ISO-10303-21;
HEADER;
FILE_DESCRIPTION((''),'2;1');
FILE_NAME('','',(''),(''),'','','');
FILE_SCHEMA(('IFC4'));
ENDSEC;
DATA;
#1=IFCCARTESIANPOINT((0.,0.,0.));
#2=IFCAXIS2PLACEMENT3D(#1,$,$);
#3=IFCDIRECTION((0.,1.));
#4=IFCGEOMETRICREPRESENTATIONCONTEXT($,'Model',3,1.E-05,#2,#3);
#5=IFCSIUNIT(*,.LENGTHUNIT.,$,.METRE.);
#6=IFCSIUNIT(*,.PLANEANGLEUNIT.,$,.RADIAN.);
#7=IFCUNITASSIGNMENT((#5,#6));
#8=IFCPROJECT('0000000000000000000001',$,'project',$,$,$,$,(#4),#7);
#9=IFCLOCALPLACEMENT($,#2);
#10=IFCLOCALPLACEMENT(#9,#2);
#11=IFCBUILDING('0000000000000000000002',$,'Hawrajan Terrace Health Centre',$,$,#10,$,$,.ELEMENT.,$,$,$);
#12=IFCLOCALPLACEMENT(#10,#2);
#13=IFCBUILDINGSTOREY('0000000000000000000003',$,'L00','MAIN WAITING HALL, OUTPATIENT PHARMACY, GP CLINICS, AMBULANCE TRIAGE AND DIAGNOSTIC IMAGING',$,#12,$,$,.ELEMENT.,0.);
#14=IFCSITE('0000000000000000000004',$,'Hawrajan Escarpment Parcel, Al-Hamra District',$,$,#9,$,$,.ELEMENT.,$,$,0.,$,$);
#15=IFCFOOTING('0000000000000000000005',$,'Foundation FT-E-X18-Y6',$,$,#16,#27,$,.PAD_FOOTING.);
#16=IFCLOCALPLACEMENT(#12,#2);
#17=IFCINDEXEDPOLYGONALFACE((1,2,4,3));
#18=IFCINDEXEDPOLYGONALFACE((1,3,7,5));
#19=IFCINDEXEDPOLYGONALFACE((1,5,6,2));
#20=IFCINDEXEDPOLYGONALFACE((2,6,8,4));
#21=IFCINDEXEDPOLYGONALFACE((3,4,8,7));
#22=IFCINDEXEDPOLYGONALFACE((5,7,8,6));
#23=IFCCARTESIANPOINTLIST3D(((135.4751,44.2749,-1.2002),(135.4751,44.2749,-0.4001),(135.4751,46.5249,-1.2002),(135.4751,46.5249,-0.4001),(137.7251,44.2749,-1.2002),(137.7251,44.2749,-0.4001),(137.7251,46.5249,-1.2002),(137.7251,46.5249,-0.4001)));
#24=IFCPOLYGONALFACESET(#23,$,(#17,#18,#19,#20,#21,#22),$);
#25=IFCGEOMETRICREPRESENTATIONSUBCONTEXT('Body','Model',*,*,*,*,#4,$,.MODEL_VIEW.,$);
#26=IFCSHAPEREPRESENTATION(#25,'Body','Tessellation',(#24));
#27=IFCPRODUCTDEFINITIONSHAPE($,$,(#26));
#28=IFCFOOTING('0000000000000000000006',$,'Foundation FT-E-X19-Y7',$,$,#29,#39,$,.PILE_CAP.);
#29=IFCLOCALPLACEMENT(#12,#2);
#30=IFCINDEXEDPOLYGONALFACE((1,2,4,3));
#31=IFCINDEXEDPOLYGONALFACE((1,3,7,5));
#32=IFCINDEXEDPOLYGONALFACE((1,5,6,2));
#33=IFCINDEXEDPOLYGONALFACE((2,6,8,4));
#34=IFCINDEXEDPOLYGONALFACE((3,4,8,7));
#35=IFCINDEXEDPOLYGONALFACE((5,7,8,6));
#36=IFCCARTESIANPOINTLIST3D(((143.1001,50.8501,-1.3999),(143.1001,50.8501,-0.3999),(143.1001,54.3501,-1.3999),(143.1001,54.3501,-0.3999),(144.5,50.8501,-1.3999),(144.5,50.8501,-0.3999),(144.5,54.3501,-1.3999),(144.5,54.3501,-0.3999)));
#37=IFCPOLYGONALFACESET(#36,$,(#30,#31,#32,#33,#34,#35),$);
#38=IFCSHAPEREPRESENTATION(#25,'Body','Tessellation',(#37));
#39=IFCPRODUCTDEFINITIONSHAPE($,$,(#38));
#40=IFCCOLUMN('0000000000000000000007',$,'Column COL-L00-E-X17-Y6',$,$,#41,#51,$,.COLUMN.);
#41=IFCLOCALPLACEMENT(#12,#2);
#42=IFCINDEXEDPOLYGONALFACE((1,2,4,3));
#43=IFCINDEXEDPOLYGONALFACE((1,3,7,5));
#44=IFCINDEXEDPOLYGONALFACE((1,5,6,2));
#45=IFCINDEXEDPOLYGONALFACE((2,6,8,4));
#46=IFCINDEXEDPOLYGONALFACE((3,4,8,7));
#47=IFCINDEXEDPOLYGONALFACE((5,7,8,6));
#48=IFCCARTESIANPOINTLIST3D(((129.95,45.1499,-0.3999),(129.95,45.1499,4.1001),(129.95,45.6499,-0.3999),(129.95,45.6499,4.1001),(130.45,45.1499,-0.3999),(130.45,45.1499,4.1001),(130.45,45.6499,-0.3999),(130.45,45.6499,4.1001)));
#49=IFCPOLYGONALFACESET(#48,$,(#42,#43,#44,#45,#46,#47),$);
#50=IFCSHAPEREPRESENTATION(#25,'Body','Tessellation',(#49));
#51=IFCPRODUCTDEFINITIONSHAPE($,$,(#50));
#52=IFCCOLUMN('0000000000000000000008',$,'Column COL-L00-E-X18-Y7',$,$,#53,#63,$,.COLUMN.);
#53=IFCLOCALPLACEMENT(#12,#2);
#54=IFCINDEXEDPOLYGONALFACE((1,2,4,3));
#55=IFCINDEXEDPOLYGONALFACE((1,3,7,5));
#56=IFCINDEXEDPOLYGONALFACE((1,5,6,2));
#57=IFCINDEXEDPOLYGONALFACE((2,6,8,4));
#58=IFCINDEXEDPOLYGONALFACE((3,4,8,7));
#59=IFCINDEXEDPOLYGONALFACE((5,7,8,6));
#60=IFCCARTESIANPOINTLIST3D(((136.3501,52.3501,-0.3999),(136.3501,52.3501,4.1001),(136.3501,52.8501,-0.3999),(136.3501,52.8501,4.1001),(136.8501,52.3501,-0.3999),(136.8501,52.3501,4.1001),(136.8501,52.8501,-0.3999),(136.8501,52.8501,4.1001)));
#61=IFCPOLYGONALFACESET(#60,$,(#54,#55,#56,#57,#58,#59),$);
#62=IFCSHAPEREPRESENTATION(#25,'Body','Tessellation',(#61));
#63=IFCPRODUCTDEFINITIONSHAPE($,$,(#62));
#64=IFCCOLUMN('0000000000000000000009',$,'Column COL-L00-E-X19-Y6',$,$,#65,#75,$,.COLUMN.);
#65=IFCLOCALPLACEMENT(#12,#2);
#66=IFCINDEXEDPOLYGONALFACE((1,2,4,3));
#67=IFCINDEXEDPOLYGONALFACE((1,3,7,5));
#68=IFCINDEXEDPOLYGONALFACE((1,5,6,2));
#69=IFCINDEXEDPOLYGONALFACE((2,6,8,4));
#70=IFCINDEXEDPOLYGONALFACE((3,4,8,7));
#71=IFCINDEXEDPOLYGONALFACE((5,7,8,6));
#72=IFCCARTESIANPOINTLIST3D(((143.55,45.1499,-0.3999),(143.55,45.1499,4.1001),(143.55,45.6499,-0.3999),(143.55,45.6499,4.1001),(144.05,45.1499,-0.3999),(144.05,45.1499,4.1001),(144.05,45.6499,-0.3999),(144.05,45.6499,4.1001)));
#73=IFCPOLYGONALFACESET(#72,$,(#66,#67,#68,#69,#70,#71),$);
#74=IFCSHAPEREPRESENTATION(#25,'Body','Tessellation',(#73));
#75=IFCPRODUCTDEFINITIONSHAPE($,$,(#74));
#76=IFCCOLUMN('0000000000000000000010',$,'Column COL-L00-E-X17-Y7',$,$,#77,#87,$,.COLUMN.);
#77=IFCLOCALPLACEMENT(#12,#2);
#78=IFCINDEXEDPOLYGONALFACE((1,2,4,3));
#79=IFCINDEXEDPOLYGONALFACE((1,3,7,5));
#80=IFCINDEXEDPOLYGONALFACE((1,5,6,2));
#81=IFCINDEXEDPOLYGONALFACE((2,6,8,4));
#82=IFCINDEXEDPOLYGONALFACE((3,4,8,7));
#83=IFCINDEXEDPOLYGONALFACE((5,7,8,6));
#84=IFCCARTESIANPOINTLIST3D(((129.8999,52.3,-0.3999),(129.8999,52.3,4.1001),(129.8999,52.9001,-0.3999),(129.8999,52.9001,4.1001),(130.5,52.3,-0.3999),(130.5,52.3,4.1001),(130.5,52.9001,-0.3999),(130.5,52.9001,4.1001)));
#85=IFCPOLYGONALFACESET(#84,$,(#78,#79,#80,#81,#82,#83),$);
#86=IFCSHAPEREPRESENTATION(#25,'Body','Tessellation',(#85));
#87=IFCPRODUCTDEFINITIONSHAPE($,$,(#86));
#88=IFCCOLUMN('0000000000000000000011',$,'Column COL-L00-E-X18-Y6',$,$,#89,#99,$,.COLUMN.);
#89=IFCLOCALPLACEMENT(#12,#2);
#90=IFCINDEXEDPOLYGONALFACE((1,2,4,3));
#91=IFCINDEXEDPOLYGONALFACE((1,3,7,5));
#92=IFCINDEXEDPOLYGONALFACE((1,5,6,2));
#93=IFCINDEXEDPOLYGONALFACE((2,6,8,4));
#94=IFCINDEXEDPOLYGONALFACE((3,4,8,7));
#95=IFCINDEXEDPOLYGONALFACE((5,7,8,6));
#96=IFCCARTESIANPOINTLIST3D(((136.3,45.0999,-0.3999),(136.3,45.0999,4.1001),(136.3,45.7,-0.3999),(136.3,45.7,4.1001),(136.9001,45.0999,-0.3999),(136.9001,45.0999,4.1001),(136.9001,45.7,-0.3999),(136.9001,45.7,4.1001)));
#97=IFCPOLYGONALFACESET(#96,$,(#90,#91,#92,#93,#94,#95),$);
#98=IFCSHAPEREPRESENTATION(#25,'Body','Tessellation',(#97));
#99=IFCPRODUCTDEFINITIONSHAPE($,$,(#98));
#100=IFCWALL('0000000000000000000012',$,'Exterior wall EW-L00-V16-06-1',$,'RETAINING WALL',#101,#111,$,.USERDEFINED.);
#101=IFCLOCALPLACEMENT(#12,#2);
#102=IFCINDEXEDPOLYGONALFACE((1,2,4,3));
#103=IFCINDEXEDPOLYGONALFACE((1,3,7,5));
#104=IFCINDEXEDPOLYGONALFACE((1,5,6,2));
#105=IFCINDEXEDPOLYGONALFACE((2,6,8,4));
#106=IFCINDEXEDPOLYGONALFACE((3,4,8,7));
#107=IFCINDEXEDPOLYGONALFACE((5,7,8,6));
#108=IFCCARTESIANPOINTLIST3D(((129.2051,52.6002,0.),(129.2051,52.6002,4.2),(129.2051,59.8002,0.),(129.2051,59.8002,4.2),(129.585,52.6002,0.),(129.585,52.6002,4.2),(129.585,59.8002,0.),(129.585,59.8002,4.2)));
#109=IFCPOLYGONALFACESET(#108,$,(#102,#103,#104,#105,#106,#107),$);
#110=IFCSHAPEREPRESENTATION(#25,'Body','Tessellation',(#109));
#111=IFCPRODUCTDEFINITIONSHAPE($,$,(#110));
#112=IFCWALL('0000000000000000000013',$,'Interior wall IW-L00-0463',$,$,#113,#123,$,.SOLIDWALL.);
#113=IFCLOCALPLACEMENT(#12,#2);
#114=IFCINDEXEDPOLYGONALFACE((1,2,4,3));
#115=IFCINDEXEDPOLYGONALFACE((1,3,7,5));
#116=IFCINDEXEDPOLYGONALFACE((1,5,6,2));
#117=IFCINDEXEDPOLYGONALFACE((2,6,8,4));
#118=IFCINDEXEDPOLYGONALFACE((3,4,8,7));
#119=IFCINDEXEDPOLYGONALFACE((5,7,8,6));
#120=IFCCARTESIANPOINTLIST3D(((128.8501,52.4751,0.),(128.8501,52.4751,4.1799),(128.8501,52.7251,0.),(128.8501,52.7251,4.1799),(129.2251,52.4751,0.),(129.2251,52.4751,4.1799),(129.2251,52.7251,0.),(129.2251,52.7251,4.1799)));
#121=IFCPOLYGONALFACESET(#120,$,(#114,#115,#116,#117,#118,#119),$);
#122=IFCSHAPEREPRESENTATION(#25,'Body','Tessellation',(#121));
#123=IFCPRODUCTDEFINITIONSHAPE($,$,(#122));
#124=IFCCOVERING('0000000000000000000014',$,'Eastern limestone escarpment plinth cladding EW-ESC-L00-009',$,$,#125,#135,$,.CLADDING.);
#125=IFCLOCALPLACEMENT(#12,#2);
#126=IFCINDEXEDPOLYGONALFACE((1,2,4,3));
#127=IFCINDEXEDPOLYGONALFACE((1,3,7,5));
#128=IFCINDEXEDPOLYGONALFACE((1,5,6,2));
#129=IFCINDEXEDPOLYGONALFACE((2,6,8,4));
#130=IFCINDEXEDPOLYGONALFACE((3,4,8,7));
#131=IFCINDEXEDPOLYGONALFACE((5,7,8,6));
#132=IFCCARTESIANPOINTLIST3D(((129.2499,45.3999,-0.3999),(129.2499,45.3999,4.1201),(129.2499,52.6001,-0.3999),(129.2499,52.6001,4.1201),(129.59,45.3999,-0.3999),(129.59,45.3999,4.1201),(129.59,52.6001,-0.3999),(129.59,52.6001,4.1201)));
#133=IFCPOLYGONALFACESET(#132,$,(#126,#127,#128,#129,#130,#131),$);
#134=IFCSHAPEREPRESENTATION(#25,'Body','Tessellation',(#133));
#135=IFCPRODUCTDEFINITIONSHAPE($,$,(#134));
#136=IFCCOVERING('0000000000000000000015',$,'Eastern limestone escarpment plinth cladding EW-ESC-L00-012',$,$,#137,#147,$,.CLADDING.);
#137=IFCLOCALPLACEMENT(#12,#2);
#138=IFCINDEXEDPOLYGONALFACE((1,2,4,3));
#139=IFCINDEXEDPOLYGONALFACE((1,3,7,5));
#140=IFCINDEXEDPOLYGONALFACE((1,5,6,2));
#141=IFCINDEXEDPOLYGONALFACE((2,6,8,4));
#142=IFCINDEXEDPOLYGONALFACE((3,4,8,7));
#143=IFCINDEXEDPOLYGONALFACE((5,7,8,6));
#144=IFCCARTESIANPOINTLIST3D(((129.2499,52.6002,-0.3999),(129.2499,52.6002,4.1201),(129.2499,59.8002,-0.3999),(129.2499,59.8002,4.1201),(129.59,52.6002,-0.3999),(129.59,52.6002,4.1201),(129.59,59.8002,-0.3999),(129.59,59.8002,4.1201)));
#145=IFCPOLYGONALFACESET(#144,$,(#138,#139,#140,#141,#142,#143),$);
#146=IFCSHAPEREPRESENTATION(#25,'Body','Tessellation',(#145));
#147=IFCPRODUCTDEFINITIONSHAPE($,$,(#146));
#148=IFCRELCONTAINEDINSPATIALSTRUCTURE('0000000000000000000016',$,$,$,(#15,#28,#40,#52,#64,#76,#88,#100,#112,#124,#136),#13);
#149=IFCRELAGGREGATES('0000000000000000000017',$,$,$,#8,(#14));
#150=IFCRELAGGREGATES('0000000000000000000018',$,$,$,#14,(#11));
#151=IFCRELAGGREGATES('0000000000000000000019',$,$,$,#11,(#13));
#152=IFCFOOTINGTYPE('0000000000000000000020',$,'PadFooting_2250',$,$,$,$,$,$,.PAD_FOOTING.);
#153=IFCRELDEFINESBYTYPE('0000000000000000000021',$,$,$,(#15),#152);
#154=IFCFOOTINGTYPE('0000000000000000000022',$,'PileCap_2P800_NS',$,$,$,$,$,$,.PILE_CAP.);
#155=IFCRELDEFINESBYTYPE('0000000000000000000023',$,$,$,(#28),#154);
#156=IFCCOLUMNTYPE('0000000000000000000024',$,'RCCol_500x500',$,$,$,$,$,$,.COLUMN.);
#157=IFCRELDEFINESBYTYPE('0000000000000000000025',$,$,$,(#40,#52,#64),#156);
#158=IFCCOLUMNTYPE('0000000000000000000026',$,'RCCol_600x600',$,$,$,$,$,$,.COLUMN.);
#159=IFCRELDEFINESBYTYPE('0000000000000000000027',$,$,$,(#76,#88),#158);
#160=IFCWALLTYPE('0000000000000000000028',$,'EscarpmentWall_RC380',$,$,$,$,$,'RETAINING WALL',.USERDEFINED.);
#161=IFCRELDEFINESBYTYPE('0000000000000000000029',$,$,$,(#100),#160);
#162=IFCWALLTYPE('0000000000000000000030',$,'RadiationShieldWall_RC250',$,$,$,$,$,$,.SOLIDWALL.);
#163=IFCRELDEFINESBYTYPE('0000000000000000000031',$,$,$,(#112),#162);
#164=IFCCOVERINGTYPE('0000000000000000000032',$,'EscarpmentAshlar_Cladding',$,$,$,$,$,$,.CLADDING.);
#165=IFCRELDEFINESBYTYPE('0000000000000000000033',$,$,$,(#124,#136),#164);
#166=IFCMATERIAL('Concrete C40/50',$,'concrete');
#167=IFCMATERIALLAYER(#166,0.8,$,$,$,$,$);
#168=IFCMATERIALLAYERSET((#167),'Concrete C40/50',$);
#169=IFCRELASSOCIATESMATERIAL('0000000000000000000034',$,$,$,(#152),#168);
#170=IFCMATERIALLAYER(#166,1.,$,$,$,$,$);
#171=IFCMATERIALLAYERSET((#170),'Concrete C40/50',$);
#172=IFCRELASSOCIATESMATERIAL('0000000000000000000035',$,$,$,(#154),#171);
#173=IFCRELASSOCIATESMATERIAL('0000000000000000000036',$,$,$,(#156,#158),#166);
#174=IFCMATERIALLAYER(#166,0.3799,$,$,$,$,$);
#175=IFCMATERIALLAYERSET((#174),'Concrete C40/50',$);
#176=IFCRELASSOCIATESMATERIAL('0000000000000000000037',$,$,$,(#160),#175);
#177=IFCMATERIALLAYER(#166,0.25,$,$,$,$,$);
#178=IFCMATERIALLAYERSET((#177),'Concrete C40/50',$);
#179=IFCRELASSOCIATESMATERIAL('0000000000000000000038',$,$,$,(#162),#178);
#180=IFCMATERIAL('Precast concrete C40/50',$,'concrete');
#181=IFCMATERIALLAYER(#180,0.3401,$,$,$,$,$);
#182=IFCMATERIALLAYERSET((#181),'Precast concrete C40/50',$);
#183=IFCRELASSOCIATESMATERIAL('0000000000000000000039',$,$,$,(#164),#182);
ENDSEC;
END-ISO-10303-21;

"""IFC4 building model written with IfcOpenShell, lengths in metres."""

from ifc_helpers import new_model, si_unit, direction, frame, frame_2d, origin, origin_2d, place, context, subcontext, project, spatial, rectangle, extrude, material, layer, layer_set, material_profile, profile_set, type_object, element, save


model = new_model("IFC4")

# Units and contexts
model_context = context("Model", 3, precision=1e-05, world=origin(), true_north=direction((0.0, 1.0)))
body_context = subcontext(model_context, "Body", "Model", "MODEL_VIEW")
ifc_project = project(units=[si_unit("LENGTHUNIT", "METRE"), si_unit("PLANEANGLEUNIT", "RADIAN")], contexts=[model_context])

# Site, building, storey
site_placement = place(None, origin())
site = spatial("IfcSite", under=ifc_project, at=site_placement, Name="Hawrajan Escarpment Parcel, Al-Hamra District", CompositionType="ELEMENT", RefElevation=0.0)
building_placement = place(site_placement, origin())
building = spatial("IfcBuilding", under=site, at=building_placement, Name="Hawrajan Terrace Health Centre", CompositionType="ELEMENT")
storey_placement = place(building_placement, origin())
storey = spatial("IfcBuildingStorey", under=building, at=storey_placement, Name="L00", Description="MAIN WAITING HALL, OUTPATIENT PHARMACY, GP CLINICS, AMBULANCE TRIAGE AND DIAGNOSTIC IMAGING", CompositionType="ELEMENT", Elevation=0.0)

# Shared definitions
ifc_material_1 = material(Name="Concrete C40/50", Category="concrete")

# Footings
ifc_layer_1 = layer(ifc_material_1, 0.8)
ifc_layer_set_1 = layer_set([ifc_layer_1], Name="Concrete C40/50")
footing_type_1 = type_object("IfcFootingType", Name="PadFooting_2250", PredefinedType="PAD_FOOTING", material=ifc_layer_set_1)
footing_1_placement = place(storey_placement, frame((136.6001, 45.3999, -1.2002), z_axis=(0.0, 0.0, 1.0), x_axis=(1.0, 0.0, 0.0)))
element("IfcFooting", 1, at=footing_1_placement, inside=storey, type_object=footing_type_1, Name="Foundation FT-E-X18-Y6", PredefinedType="PAD_FOOTING", context=body_context, shape_type="SweptSolid", body=[
    extrude(rectangle(XDim=2.25, YDim=2.25, at=origin_2d()), origin(), (0.0, 0.0, 1.0), 0.8),
])
ifc_layer_2 = layer(ifc_material_1, 1.0)
ifc_layer_set_2 = layer_set([ifc_layer_2], Name="Concrete C40/50")
footing_type_2 = type_object("IfcFootingType", Name="PileCap_2P800_NS", PredefinedType="PILE_CAP", material=ifc_layer_set_2)
footing_2_placement = place(storey_placement, frame((143.8, 52.6001, -1.3999), z_axis=(0.0, 0.0, 1.0), x_axis=(1.0, 0.0, 0.0)))
element("IfcFooting", 2, at=footing_2_placement, inside=storey, type_object=footing_type_2, Name="Foundation FT-E-X19-Y7", PredefinedType="PILE_CAP", context=body_context, shape_type="SweptSolid", body=[
    extrude(rectangle(XDim=1.3999, YDim=3.5, at=origin_2d()), origin(), (0.0, 0.0, 1.0), 1.0),
])

# Columns
ifc_material_profile_1 = material_profile(ifc_material_1, rectangle(XDim=0.5, YDim=0.5, at=origin_2d()), Name="RC 500x500")
ifc_profile_set_1 = profile_set([ifc_material_profile_1], Name="Concrete C40/50")
column_type_1 = type_object("IfcColumnType", Name="RCCol_500x500", PredefinedType="COLUMN", material=ifc_profile_set_1)
for number, where, z_axis, x_axis, name in (
    (3, (130.2, 45.3999, -0.3999), (0.0, 0.0, 1.0), (1.0, 0.0, 0.0), "Column COL-L00-E-X17-Y6"),
    (4, (136.6001, 52.6001, -0.3999), (0.0, 0.0, 1.0), (1.0, 0.0, 0.0), "Column COL-L00-E-X18-Y7"),
    (5, (143.8, 45.3999, -0.3999), (0.0, 0.0, 1.0), (1.0, 0.0, 0.0), "Column COL-L00-E-X19-Y6"),
):
    element("IfcColumn", number, at=place(storey_placement, frame(where, z_axis=z_axis, x_axis=x_axis)), inside=storey, type_object=column_type_1, Name=name, PredefinedType="COLUMN", context=body_context, shape_type="SweptSolid", body=[
        extrude(rectangle(XDim=0.5, YDim=0.5, at=origin_2d()), origin(), (0.0, 0.0, 1.0), 4.5),
    ])
ifc_material_profile_2 = material_profile(ifc_material_1, rectangle(XDim=0.6001, YDim=0.6001, at=origin_2d()), Name="RC 600x600")
ifc_profile_set_2 = profile_set([ifc_material_profile_2], Name="Concrete C40/50")
column_type_2 = type_object("IfcColumnType", Name="RCCol_600x600", PredefinedType="COLUMN", material=ifc_profile_set_2)
for number, where, z_axis, x_axis, name in (
    (6, (130.2, 52.6001, -0.3999), (0.0, 0.0, 1.0), (1.0, 0.0, 0.0), "Column COL-L00-E-X17-Y7"),
    (7, (136.6001, 45.3999, -0.3999), (0.0, 0.0, 1.0), (1.0, 0.0, 0.0), "Column COL-L00-E-X18-Y6"),
):
    element("IfcColumn", number, at=place(storey_placement, frame(where, z_axis=z_axis, x_axis=x_axis)), inside=storey, type_object=column_type_2, Name=name, PredefinedType="COLUMN", context=body_context, shape_type="SweptSolid", body=[
        extrude(rectangle(XDim=0.6001, YDim=0.6001, at=origin_2d()), origin(), (0.0, 0.0, 1.0), 4.5),
    ])

# Walls
ifc_layer_3 = layer(ifc_material_1, 0.3799)
ifc_layer_set_3 = layer_set([ifc_layer_3], Name="Concrete C40/50")
wall_type_1 = type_object("IfcWallType", Name="EscarpmentWall_RC380", ElementType="RETAINING WALL", PredefinedType="USERDEFINED", material=ifc_layer_set_3)
wall_1_placement = place(storey_placement, frame((129.395, 52.6001, 0.0), z_axis=(0.0, 0.0, 1.0), x_axis=(0.0, 1.0, 0.0)))
element("IfcWall", 8, at=wall_1_placement, inside=storey, type_object=wall_type_1, Name="Exterior wall EW-L00-V16-06-1", ObjectType="RETAINING WALL", PredefinedType="USERDEFINED", context=body_context, shape_type="SweptSolid", body=[
    extrude(rectangle(XDim=7.2, YDim=0.3799, at=frame_2d((3.6001, 0.0))), origin(), (0.0, 0.0, 1.0), 4.2),
])
ifc_layer_4 = layer(ifc_material_1, 0.25)
ifc_layer_set_4 = layer_set([ifc_layer_4], Name="Concrete C40/50")
wall_type_2 = type_object("IfcWallType", Name="RadiationShieldWall_RC250", PredefinedType="SOLIDWALL", material=ifc_layer_set_4)
wall_2_placement = place(storey_placement, frame((128.8501, 52.6001, 0.0), z_axis=(0.0, 0.0, 1.0), x_axis=(1.0, 0.0, 0.0)))
element("IfcWall", 9, at=wall_2_placement, inside=storey, type_object=wall_type_2, Name="Interior wall IW-L00-0463", PredefinedType="SOLIDWALL", context=body_context, shape_type="SweptSolid", body=[
    extrude(rectangle(XDim=0.375, YDim=0.25, at=frame_2d((0.1875, 0.0))), origin(), (0.0, 0.0, 1.0), 4.1799),
])

# Coverings
ifc_material_2 = material(Name="Precast concrete C40/50", Category="concrete")
ifc_layer_5 = layer(ifc_material_2, 0.3401)
ifc_layer_set_5 = layer_set([ifc_layer_5], Name="Precast concrete C40/50")
covering_type = type_object("IfcCoveringType", Name="EscarpmentAshlar_Cladding", PredefinedType="CLADDING", material=ifc_layer_set_5)
covering_1_placement = place(storey_placement, frame((129.4199, 45.3999, -0.3999), z_axis=(0.0, 0.0, 1.0), x_axis=(0.0, 1.0, 0.0)))
element("IfcCovering", 10, at=covering_1_placement, inside=storey, type_object=covering_type, Name="Eastern limestone escarpment plinth cladding EW-ESC-L00-009", PredefinedType="CLADDING", context=body_context, shape_type="SweptSolid", body=[
    extrude(rectangle(XDim=7.2002, YDim=0.3401, at=frame_2d((3.6001, 0.0))), origin(), (0.0, 0.0, 1.0), 4.52),
])
covering_2_placement = place(storey_placement, frame((129.4199, 52.6001, -0.3999), z_axis=(0.0, 0.0, 1.0), x_axis=(0.0, 1.0, 0.0)))
element("IfcCovering", 11, at=covering_2_placement, inside=storey, type_object=covering_type, Name="Eastern limestone escarpment plinth cladding EW-ESC-L00-012", PredefinedType="CLADDING", context=body_context, shape_type="SweptSolid", body=[
    extrude(rectangle(XDim=7.2, YDim=0.3401, at=frame_2d((3.6001, 0.0))), origin(), (0.0, 0.0, 1.0), 4.52),
])

save(model, "model.ifc")
